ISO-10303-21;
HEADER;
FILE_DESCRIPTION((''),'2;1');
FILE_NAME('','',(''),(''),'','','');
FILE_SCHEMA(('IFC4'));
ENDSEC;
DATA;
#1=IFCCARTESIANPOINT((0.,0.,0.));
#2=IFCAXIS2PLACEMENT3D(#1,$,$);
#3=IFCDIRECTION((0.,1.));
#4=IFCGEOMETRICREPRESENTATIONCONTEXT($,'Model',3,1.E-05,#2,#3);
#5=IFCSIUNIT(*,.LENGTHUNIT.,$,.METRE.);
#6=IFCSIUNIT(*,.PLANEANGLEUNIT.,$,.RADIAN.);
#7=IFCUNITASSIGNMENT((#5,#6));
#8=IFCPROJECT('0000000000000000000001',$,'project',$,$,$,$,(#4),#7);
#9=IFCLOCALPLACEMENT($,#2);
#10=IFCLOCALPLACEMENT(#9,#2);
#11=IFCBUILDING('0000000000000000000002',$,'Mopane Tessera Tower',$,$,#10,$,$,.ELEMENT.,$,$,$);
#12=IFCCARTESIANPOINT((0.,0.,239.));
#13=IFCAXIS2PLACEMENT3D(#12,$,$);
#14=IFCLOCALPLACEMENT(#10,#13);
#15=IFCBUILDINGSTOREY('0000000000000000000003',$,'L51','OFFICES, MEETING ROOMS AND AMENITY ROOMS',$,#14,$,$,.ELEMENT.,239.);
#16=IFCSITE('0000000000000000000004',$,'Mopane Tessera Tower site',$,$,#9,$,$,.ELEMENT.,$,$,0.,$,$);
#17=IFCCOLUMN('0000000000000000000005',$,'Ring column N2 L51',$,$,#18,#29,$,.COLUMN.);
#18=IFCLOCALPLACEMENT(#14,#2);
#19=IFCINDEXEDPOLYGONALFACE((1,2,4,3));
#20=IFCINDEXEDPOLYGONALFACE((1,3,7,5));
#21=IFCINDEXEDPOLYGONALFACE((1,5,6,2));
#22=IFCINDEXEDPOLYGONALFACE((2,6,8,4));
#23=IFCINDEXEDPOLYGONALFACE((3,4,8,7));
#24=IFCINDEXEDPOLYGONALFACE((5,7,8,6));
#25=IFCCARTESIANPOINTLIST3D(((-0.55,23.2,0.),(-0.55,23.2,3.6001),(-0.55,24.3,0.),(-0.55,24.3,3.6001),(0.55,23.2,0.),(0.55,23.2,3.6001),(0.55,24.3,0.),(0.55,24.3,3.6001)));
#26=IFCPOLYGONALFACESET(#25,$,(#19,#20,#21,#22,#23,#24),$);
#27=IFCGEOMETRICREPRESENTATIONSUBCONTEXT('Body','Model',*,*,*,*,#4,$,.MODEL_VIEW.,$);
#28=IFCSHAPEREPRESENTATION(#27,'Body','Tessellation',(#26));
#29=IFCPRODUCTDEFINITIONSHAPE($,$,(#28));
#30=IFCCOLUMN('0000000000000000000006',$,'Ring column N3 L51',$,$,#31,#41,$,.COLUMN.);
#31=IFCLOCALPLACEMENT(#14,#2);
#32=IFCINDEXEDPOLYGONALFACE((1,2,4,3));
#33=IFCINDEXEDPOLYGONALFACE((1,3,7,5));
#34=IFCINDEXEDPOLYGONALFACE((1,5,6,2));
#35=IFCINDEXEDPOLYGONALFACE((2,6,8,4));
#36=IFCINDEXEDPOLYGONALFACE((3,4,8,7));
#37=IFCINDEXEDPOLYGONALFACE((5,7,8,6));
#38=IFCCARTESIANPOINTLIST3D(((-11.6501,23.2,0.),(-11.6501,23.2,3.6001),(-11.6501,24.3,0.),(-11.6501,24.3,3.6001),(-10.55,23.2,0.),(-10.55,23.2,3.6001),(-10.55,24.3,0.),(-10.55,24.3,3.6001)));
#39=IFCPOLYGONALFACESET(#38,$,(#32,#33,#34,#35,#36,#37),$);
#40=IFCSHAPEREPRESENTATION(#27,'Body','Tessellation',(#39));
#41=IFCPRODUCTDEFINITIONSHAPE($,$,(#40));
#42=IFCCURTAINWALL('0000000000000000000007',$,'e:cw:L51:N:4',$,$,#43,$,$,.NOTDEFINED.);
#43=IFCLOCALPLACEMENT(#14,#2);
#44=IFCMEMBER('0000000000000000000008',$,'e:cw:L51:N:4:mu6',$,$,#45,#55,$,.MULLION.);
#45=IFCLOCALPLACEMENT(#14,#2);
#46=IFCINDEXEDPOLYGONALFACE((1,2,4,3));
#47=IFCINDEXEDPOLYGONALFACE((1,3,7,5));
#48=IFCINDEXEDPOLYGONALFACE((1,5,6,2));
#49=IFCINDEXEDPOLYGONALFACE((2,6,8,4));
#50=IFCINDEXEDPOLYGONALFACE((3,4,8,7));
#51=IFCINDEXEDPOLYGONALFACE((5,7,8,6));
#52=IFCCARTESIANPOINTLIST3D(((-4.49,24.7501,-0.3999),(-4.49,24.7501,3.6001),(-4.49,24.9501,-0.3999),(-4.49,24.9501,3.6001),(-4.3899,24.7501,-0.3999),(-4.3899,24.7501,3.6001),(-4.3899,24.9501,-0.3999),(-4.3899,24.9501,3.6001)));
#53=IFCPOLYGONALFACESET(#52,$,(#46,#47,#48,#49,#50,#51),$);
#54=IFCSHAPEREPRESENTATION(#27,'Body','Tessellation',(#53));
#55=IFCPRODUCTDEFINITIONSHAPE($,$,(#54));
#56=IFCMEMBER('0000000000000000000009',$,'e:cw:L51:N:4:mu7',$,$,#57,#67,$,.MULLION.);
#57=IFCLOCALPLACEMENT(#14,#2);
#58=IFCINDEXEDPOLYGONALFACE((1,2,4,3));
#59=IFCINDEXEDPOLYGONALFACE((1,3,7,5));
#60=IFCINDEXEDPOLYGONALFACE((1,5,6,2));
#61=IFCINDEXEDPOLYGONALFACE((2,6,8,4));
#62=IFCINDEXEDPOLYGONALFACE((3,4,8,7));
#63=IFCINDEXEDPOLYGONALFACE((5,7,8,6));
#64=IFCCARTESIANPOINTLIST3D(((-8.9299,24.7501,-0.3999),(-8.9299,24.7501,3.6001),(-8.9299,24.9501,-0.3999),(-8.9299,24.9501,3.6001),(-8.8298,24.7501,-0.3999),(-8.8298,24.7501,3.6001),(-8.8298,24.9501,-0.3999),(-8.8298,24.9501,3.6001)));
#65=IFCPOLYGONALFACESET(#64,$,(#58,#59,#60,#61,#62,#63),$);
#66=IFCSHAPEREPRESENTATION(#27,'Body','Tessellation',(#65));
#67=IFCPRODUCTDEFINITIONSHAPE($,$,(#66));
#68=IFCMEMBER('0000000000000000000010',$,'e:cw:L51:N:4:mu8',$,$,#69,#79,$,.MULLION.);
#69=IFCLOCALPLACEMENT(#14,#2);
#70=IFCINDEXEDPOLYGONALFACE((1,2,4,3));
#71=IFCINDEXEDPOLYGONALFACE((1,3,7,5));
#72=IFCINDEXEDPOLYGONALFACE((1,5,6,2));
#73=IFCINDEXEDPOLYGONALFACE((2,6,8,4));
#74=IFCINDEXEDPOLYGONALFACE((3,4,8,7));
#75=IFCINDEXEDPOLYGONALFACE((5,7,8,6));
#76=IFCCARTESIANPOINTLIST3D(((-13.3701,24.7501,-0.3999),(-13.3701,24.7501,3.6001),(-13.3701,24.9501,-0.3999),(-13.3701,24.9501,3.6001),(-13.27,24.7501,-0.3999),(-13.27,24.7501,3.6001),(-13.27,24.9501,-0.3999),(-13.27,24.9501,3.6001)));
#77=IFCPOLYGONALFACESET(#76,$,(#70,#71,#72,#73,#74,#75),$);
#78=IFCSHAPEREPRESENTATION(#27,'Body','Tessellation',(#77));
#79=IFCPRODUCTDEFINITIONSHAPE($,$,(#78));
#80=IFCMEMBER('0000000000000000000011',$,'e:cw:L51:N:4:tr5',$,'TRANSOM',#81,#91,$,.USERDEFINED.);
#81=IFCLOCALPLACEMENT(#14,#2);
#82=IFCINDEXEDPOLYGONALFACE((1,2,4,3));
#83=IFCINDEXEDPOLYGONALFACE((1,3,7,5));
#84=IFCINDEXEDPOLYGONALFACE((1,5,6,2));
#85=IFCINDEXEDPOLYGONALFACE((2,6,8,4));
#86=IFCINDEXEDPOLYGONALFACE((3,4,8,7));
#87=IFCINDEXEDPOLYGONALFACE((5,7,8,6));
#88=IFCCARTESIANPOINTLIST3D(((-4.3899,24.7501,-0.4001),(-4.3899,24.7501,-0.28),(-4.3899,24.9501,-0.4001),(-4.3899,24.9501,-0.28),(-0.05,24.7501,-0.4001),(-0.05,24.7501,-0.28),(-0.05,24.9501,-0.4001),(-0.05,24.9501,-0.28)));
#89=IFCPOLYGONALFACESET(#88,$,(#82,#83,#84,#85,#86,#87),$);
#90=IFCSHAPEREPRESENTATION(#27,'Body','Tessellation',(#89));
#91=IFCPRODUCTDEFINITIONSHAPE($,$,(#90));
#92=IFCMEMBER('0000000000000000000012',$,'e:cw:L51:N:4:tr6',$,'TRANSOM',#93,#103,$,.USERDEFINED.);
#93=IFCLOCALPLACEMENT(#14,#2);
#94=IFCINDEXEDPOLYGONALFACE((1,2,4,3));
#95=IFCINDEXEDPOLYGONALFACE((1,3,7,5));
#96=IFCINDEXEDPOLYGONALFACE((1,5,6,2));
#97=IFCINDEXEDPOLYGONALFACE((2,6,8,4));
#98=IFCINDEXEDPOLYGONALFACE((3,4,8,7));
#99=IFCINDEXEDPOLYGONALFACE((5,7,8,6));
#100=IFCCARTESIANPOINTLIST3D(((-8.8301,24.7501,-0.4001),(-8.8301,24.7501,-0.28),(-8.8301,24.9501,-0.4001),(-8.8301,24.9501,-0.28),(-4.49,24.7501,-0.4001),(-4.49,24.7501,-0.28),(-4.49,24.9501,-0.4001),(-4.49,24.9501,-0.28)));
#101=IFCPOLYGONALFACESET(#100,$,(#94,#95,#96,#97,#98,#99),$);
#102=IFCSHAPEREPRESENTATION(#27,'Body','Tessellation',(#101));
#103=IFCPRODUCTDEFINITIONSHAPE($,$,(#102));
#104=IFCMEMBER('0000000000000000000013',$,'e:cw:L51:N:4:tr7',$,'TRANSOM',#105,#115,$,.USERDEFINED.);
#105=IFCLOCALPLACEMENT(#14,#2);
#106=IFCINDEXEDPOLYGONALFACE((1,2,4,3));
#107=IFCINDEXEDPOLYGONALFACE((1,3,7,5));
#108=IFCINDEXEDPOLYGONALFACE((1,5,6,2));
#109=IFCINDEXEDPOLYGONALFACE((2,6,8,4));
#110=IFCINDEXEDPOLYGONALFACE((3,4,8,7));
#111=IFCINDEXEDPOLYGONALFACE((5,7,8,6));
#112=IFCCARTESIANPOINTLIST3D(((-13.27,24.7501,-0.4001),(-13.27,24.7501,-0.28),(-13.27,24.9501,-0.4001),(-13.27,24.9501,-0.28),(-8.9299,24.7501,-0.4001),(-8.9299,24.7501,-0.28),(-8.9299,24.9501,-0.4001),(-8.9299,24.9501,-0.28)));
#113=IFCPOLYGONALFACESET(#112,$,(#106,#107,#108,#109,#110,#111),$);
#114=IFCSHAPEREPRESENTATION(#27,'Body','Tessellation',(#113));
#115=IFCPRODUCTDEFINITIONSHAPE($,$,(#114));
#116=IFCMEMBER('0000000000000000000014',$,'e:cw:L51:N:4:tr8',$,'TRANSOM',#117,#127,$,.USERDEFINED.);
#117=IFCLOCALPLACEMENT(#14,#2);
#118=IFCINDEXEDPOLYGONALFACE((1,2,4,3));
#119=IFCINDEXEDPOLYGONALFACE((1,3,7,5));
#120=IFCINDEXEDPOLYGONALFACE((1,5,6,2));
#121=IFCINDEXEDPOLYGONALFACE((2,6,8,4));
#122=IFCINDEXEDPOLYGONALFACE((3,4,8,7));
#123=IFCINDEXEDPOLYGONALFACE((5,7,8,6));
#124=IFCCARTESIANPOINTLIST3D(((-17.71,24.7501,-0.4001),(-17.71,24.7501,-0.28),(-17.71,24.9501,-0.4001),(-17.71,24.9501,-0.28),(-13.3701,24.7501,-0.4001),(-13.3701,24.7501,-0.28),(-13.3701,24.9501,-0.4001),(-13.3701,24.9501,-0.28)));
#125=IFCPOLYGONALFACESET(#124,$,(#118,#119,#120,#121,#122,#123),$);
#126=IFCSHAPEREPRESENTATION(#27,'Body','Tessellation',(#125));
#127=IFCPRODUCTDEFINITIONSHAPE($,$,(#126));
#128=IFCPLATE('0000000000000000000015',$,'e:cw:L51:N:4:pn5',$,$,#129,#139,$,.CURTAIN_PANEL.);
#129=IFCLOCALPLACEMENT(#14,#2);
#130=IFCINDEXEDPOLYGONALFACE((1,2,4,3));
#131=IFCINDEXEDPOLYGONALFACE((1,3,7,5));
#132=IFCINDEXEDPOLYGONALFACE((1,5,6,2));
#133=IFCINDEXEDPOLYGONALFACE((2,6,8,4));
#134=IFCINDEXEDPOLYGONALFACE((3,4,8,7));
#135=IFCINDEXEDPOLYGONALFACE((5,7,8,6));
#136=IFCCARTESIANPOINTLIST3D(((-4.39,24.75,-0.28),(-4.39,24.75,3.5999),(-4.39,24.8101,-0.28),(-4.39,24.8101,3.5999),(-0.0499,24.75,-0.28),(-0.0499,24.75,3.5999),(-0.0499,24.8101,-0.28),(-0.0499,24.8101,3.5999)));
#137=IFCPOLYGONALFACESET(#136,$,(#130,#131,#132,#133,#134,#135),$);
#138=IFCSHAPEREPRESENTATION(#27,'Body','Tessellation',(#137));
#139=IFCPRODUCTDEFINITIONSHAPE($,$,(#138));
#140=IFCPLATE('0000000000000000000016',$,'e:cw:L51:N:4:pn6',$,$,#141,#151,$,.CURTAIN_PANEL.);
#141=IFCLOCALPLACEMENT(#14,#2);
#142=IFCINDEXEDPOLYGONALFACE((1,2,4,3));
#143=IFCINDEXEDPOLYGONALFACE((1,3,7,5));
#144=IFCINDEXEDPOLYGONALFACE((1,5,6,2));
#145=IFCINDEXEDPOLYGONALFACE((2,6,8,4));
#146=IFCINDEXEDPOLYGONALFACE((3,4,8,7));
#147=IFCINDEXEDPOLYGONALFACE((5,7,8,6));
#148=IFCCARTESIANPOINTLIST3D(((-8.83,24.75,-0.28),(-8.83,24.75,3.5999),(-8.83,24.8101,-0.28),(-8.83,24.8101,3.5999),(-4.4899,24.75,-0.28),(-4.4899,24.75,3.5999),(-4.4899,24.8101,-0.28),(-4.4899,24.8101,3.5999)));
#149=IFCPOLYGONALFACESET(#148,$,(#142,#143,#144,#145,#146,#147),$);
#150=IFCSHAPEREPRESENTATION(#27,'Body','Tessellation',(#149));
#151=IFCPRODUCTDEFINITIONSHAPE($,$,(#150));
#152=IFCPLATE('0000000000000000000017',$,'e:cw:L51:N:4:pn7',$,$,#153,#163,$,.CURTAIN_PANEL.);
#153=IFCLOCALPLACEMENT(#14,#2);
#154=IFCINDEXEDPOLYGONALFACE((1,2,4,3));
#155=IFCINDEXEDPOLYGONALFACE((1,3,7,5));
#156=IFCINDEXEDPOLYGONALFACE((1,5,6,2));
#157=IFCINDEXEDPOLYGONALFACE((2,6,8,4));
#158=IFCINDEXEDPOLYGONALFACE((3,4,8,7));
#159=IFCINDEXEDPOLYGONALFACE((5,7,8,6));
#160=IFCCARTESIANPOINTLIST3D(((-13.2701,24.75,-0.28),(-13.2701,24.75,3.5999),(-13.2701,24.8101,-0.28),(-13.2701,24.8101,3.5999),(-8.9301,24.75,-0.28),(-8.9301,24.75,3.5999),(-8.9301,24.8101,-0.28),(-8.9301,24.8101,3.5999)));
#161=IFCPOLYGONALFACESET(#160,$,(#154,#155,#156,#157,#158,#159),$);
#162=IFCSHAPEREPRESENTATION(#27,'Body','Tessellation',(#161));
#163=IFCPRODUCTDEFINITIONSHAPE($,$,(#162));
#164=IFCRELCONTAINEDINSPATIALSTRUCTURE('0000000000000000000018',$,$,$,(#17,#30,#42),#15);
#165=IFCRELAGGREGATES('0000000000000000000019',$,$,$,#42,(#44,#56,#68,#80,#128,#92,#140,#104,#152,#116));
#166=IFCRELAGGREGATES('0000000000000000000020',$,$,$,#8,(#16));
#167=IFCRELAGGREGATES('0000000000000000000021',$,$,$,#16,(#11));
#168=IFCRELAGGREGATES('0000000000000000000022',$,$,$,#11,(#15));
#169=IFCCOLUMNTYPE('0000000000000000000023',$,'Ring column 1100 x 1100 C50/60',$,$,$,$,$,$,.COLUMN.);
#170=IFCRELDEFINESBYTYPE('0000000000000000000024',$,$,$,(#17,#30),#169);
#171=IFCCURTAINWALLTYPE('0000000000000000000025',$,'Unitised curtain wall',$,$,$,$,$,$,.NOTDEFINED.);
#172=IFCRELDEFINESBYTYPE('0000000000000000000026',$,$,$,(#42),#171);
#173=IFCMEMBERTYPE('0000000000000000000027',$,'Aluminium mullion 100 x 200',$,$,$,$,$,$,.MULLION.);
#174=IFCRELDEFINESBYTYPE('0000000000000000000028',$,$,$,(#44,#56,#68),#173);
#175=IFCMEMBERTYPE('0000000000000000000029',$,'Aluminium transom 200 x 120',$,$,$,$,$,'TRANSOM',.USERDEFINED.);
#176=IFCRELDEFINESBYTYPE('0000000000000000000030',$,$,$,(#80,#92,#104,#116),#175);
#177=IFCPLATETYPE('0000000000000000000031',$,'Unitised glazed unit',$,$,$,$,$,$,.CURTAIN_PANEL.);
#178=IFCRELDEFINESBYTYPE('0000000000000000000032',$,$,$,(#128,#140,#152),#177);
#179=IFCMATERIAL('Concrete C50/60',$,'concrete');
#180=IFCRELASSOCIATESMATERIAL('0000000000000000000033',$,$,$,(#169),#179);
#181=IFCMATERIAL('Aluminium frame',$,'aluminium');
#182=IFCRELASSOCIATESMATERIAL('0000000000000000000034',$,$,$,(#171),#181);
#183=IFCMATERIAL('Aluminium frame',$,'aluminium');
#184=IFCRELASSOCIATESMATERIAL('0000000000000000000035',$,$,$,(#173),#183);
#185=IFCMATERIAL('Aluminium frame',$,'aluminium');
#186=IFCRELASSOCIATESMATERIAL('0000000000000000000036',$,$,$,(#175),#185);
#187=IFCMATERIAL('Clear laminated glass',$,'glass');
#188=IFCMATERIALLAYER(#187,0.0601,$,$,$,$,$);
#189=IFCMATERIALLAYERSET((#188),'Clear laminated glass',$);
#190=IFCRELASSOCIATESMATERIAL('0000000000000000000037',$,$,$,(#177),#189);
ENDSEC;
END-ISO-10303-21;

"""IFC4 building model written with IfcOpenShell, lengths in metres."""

from ifc_helpers import new_model, si_unit, direction, frame, origin, origin_2d, place, context, subcontext, project, spatial, rectangle, extrude, material, layer, layer_set, material_profile, profile_set, type_object, element, aggregate, save


model = new_model("IFC4")

# Units and contexts
model_context = context("Model", 3, precision=1e-05, world=origin(), true_north=direction((0.0, 1.0)))
body_context = subcontext(model_context, "Body", "Model", "MODEL_VIEW")
ifc_project = project(units=[si_unit("LENGTHUNIT", "METRE"), si_unit("PLANEANGLEUNIT", "RADIAN")], contexts=[model_context])

# Site, building, storey
site_placement = place(None, origin())
site = spatial("IfcSite", under=ifc_project, at=site_placement, Name="Mopane Tessera Tower site", CompositionType="ELEMENT", RefElevation=0.0)
building_placement = place(site_placement, origin())
building = spatial("IfcBuilding", under=site, at=building_placement, Name="Mopane Tessera Tower", CompositionType="ELEMENT")
storey_placement = place(building_placement, frame((0.0, 0.0, 239.0)))
storey = spatial("IfcBuildingStorey", under=building, at=storey_placement, Name="L51", Description="OFFICES, MEETING ROOMS AND AMENITY ROOMS", CompositionType="ELEMENT", Elevation=239.0)

# Columns
ifc_material_1 = material(Name="Concrete C50/60", Category="concrete")
ifc_material_profile_1 = material_profile(ifc_material_1, rectangle(XDim=1.1001, YDim=1.1001, at=origin_2d()))
ifc_profile_set_1 = profile_set([ifc_material_profile_1], Name="Concrete C50/60")
column_type = type_object("IfcColumnType", Name="Ring column 1100 x 1100 C50/60", PredefinedType="COLUMN", material=ifc_profile_set_1)
for number, where, z_axis, x_axis, name in (
    (1, (0.0, 23.75, 0.0), (0.0, 0.0, 1.0), (1.0, 0.0, 0.0), "Ring column N2 L51"),
    (2, (-11.1001, 23.75, 0.0), (0.0, 0.0, 1.0), (1.0, 0.0, 0.0), "Ring column N3 L51"),
):
    element("IfcColumn", number, at=place(storey_placement, frame(where, z_axis=z_axis, x_axis=x_axis)), inside=storey, type_object=column_type, Name=name, PredefinedType="COLUMN", context=body_context, shape_type="SweptSolid", body=[
        extrude(rectangle(XDim=1.1001, YDim=1.1001, at=origin_2d()), origin(), (0.0, 0.0, 1.0), 3.6001),
    ])

# Curtain wall, members, plates
ifc_material_2 = material(Name="Aluminium frame", Category="aluminium")
curtain_wall_type = type_object("IfcCurtainWallType", Name="Unitised curtain wall", PredefinedType="NOTDEFINED", material=ifc_material_2)
curtain_wall_placement = place(storey_placement, origin())
curtain_wall = element("IfcCurtainWall", 3, at=curtain_wall_placement, inside=storey, type_object=curtain_wall_type, Name="e:cw:L51:N:4", PredefinedType="NOTDEFINED")
ifc_material_3 = material(Name="Aluminium frame", Category="aluminium")
ifc_material_profile_2 = material_profile(ifc_material_3, rectangle(XDim=0.1001, YDim=0.2, at=origin_2d()))
ifc_profile_set_2 = profile_set([ifc_material_profile_2], Name="Aluminium frame")
member_type_1 = type_object("IfcMemberType", Name="Aluminium mullion 100 x 200", PredefinedType="MULLION", material=ifc_profile_set_2)
member_1_placement = place(storey_placement, frame((-4.4399, 24.8501, -0.3999), z_axis=(0.0, 0.0, 1.0), x_axis=(-1.0, 0.0, 0.0)))
member_1 = element("IfcMember", 4, at=member_1_placement, type_object=member_type_1, Name="e:cw:L51:N:4:mu6", PredefinedType="MULLION", context=body_context, shape_type="SweptSolid", body=[
    extrude(rectangle(XDim=0.1001, YDim=0.2, at=origin_2d()), origin(), (0.0, 0.0, 1.0), 4.0),
])
member_2_placement = place(storey_placement, frame((-8.8799, 24.8501, -0.3999), z_axis=(0.0, 0.0, 1.0), x_axis=(-1.0, 0.0, 0.0)))
member_2 = element("IfcMember", 5, at=member_2_placement, type_object=member_type_1, Name="e:cw:L51:N:4:mu7", PredefinedType="MULLION", context=body_context, shape_type="SweptSolid", body=[
    extrude(rectangle(XDim=0.1001, YDim=0.2, at=origin_2d()), origin(), (0.0, 0.0, 1.0), 4.0),
])
member_3_placement = place(storey_placement, frame((-13.3201, 24.8501, -0.3999), z_axis=(0.0, 0.0, 1.0), x_axis=(-1.0, 0.0, 0.0)))
member_3 = element("IfcMember", 6, at=member_3_placement, type_object=member_type_1, Name="e:cw:L51:N:4:mu8", PredefinedType="MULLION", context=body_context, shape_type="SweptSolid", body=[
    extrude(rectangle(XDim=0.1001, YDim=0.2, at=origin_2d()), origin(), (0.0, 0.0, 1.0), 4.0),
])
ifc_material_4 = material(Name="Aluminium frame", Category="aluminium")
ifc_material_profile_3 = material_profile(ifc_material_4, rectangle(XDim=0.2, YDim=0.1201, at=origin_2d()))
ifc_profile_set_3 = profile_set([ifc_material_profile_3], Name="Aluminium frame")
member_type_2 = type_object("IfcMemberType", Name="Aluminium transom 200 x 120", ElementType="TRANSOM", PredefinedType="USERDEFINED", material=ifc_profile_set_3)
member_4_placement = place(storey_placement, frame((-0.05, 24.8501, -0.3401), z_axis=(-1.0, 0.0, 0.0), x_axis=(0.0, -1.0, 0.0)))
member_4 = element("IfcMember", 7, at=member_4_placement, type_object=member_type_2, Name="e:cw:L51:N:4:tr5", ObjectType="TRANSOM", PredefinedType="USERDEFINED", context=body_context, shape_type="SweptSolid", body=[
    extrude(rectangle(XDim=0.2, YDim=0.1201, at=origin_2d()), origin(), (0.0, 0.0, 1.0), 4.3398),
])
member_5_placement = place(storey_placement, frame((-4.49, 24.8501, -0.3401), z_axis=(-1.0, 0.0, 0.0), x_axis=(0.0, -1.0, 0.0)))
member_5 = element("IfcMember", 8, at=member_5_placement, type_object=member_type_2, Name="e:cw:L51:N:4:tr6", ObjectType="TRANSOM", PredefinedType="USERDEFINED", context=body_context, shape_type="SweptSolid", body=[
    extrude(rectangle(XDim=0.2, YDim=0.1201, at=origin_2d()), origin(), (0.0, 0.0, 1.0), 4.3401),
])
member_6_placement = place(storey_placement, frame((-8.9299, 24.8501, -0.3401), z_axis=(-1.0, 0.0, 0.0), x_axis=(0.0, -1.0, 0.0)))
member_6 = element("IfcMember", 9, at=member_6_placement, type_object=member_type_2, Name="e:cw:L51:N:4:tr7", ObjectType="TRANSOM", PredefinedType="USERDEFINED", context=body_context, shape_type="SweptSolid", body=[
    extrude(rectangle(XDim=0.2, YDim=0.1201, at=origin_2d()), origin(), (0.0, 0.0, 1.0), 4.3401),
])
member_7_placement = place(storey_placement, frame((-13.3701, 24.8501, -0.3401), z_axis=(-1.0, 0.0, 0.0), x_axis=(0.0, -1.0, 0.0)))
member_7 = element("IfcMember", 10, at=member_7_placement, type_object=member_type_2, Name="e:cw:L51:N:4:tr8", ObjectType="TRANSOM", PredefinedType="USERDEFINED", context=body_context, shape_type="SweptSolid", body=[
    extrude(rectangle(XDim=0.2, YDim=0.1201, at=origin_2d()), origin(), (0.0, 0.0, 1.0), 4.3398),
])
ifc_material_5 = material(Name="Clear laminated glass", Category="glass")
ifc_layer_1 = layer(ifc_material_5, 0.0601)
ifc_layer_set_1 = layer_set([ifc_layer_1], Name="Clear laminated glass")
plate_type = type_object("IfcPlateType", Name="Unitised glazed unit", PredefinedType="CURTAIN_PANEL", material=ifc_layer_set_1)
plate_1_placement = place(storey_placement, frame((-2.22, 24.78, -0.28), z_axis=(0.0, 0.0, 1.0), x_axis=(-1.0, 0.0, 0.0)))
plate_1 = element("IfcPlate", 11, at=plate_1_placement, type_object=plate_type, Name="e:cw:L51:N:4:pn5", PredefinedType="CURTAIN_PANEL", context=body_context, shape_type="SweptSolid", body=[
    extrude(rectangle(XDim=4.3401, YDim=0.0601, at=origin_2d()), origin(), (0.0, 0.0, 1.0), 3.8799),
])
plate_2_placement = place(storey_placement, frame((-6.6599, 24.78, -0.28), z_axis=(0.0, 0.0, 1.0), x_axis=(-1.0, 0.0, 0.0)))
plate_2 = element("IfcPlate", 12, at=plate_2_placement, type_object=plate_type, Name="e:cw:L51:N:4:pn6", PredefinedType="CURTAIN_PANEL", context=body_context, shape_type="SweptSolid", body=[
    extrude(rectangle(XDim=4.3401, YDim=0.0601, at=origin_2d()), origin(), (0.0, 0.0, 1.0), 3.8799),
])
plate_3_placement = place(storey_placement, frame((-11.1001, 24.78, -0.28), z_axis=(0.0, 0.0, 1.0), x_axis=(-1.0, 0.0, 0.0)))
plate_3 = element("IfcPlate", 13, at=plate_3_placement, type_object=plate_type, Name="e:cw:L51:N:4:pn7", PredefinedType="CURTAIN_PANEL", context=body_context, shape_type="SweptSolid", body=[
    extrude(rectangle(XDim=4.3401, YDim=0.0601, at=origin_2d()), origin(), (0.0, 0.0, 1.0), 3.8799),
])
aggregate(curtain_wall, [member_1, member_2, member_3, member_4, plate_1, member_5, plate_2, member_6, plate_3, member_7])

save(model, "model.ifc")
